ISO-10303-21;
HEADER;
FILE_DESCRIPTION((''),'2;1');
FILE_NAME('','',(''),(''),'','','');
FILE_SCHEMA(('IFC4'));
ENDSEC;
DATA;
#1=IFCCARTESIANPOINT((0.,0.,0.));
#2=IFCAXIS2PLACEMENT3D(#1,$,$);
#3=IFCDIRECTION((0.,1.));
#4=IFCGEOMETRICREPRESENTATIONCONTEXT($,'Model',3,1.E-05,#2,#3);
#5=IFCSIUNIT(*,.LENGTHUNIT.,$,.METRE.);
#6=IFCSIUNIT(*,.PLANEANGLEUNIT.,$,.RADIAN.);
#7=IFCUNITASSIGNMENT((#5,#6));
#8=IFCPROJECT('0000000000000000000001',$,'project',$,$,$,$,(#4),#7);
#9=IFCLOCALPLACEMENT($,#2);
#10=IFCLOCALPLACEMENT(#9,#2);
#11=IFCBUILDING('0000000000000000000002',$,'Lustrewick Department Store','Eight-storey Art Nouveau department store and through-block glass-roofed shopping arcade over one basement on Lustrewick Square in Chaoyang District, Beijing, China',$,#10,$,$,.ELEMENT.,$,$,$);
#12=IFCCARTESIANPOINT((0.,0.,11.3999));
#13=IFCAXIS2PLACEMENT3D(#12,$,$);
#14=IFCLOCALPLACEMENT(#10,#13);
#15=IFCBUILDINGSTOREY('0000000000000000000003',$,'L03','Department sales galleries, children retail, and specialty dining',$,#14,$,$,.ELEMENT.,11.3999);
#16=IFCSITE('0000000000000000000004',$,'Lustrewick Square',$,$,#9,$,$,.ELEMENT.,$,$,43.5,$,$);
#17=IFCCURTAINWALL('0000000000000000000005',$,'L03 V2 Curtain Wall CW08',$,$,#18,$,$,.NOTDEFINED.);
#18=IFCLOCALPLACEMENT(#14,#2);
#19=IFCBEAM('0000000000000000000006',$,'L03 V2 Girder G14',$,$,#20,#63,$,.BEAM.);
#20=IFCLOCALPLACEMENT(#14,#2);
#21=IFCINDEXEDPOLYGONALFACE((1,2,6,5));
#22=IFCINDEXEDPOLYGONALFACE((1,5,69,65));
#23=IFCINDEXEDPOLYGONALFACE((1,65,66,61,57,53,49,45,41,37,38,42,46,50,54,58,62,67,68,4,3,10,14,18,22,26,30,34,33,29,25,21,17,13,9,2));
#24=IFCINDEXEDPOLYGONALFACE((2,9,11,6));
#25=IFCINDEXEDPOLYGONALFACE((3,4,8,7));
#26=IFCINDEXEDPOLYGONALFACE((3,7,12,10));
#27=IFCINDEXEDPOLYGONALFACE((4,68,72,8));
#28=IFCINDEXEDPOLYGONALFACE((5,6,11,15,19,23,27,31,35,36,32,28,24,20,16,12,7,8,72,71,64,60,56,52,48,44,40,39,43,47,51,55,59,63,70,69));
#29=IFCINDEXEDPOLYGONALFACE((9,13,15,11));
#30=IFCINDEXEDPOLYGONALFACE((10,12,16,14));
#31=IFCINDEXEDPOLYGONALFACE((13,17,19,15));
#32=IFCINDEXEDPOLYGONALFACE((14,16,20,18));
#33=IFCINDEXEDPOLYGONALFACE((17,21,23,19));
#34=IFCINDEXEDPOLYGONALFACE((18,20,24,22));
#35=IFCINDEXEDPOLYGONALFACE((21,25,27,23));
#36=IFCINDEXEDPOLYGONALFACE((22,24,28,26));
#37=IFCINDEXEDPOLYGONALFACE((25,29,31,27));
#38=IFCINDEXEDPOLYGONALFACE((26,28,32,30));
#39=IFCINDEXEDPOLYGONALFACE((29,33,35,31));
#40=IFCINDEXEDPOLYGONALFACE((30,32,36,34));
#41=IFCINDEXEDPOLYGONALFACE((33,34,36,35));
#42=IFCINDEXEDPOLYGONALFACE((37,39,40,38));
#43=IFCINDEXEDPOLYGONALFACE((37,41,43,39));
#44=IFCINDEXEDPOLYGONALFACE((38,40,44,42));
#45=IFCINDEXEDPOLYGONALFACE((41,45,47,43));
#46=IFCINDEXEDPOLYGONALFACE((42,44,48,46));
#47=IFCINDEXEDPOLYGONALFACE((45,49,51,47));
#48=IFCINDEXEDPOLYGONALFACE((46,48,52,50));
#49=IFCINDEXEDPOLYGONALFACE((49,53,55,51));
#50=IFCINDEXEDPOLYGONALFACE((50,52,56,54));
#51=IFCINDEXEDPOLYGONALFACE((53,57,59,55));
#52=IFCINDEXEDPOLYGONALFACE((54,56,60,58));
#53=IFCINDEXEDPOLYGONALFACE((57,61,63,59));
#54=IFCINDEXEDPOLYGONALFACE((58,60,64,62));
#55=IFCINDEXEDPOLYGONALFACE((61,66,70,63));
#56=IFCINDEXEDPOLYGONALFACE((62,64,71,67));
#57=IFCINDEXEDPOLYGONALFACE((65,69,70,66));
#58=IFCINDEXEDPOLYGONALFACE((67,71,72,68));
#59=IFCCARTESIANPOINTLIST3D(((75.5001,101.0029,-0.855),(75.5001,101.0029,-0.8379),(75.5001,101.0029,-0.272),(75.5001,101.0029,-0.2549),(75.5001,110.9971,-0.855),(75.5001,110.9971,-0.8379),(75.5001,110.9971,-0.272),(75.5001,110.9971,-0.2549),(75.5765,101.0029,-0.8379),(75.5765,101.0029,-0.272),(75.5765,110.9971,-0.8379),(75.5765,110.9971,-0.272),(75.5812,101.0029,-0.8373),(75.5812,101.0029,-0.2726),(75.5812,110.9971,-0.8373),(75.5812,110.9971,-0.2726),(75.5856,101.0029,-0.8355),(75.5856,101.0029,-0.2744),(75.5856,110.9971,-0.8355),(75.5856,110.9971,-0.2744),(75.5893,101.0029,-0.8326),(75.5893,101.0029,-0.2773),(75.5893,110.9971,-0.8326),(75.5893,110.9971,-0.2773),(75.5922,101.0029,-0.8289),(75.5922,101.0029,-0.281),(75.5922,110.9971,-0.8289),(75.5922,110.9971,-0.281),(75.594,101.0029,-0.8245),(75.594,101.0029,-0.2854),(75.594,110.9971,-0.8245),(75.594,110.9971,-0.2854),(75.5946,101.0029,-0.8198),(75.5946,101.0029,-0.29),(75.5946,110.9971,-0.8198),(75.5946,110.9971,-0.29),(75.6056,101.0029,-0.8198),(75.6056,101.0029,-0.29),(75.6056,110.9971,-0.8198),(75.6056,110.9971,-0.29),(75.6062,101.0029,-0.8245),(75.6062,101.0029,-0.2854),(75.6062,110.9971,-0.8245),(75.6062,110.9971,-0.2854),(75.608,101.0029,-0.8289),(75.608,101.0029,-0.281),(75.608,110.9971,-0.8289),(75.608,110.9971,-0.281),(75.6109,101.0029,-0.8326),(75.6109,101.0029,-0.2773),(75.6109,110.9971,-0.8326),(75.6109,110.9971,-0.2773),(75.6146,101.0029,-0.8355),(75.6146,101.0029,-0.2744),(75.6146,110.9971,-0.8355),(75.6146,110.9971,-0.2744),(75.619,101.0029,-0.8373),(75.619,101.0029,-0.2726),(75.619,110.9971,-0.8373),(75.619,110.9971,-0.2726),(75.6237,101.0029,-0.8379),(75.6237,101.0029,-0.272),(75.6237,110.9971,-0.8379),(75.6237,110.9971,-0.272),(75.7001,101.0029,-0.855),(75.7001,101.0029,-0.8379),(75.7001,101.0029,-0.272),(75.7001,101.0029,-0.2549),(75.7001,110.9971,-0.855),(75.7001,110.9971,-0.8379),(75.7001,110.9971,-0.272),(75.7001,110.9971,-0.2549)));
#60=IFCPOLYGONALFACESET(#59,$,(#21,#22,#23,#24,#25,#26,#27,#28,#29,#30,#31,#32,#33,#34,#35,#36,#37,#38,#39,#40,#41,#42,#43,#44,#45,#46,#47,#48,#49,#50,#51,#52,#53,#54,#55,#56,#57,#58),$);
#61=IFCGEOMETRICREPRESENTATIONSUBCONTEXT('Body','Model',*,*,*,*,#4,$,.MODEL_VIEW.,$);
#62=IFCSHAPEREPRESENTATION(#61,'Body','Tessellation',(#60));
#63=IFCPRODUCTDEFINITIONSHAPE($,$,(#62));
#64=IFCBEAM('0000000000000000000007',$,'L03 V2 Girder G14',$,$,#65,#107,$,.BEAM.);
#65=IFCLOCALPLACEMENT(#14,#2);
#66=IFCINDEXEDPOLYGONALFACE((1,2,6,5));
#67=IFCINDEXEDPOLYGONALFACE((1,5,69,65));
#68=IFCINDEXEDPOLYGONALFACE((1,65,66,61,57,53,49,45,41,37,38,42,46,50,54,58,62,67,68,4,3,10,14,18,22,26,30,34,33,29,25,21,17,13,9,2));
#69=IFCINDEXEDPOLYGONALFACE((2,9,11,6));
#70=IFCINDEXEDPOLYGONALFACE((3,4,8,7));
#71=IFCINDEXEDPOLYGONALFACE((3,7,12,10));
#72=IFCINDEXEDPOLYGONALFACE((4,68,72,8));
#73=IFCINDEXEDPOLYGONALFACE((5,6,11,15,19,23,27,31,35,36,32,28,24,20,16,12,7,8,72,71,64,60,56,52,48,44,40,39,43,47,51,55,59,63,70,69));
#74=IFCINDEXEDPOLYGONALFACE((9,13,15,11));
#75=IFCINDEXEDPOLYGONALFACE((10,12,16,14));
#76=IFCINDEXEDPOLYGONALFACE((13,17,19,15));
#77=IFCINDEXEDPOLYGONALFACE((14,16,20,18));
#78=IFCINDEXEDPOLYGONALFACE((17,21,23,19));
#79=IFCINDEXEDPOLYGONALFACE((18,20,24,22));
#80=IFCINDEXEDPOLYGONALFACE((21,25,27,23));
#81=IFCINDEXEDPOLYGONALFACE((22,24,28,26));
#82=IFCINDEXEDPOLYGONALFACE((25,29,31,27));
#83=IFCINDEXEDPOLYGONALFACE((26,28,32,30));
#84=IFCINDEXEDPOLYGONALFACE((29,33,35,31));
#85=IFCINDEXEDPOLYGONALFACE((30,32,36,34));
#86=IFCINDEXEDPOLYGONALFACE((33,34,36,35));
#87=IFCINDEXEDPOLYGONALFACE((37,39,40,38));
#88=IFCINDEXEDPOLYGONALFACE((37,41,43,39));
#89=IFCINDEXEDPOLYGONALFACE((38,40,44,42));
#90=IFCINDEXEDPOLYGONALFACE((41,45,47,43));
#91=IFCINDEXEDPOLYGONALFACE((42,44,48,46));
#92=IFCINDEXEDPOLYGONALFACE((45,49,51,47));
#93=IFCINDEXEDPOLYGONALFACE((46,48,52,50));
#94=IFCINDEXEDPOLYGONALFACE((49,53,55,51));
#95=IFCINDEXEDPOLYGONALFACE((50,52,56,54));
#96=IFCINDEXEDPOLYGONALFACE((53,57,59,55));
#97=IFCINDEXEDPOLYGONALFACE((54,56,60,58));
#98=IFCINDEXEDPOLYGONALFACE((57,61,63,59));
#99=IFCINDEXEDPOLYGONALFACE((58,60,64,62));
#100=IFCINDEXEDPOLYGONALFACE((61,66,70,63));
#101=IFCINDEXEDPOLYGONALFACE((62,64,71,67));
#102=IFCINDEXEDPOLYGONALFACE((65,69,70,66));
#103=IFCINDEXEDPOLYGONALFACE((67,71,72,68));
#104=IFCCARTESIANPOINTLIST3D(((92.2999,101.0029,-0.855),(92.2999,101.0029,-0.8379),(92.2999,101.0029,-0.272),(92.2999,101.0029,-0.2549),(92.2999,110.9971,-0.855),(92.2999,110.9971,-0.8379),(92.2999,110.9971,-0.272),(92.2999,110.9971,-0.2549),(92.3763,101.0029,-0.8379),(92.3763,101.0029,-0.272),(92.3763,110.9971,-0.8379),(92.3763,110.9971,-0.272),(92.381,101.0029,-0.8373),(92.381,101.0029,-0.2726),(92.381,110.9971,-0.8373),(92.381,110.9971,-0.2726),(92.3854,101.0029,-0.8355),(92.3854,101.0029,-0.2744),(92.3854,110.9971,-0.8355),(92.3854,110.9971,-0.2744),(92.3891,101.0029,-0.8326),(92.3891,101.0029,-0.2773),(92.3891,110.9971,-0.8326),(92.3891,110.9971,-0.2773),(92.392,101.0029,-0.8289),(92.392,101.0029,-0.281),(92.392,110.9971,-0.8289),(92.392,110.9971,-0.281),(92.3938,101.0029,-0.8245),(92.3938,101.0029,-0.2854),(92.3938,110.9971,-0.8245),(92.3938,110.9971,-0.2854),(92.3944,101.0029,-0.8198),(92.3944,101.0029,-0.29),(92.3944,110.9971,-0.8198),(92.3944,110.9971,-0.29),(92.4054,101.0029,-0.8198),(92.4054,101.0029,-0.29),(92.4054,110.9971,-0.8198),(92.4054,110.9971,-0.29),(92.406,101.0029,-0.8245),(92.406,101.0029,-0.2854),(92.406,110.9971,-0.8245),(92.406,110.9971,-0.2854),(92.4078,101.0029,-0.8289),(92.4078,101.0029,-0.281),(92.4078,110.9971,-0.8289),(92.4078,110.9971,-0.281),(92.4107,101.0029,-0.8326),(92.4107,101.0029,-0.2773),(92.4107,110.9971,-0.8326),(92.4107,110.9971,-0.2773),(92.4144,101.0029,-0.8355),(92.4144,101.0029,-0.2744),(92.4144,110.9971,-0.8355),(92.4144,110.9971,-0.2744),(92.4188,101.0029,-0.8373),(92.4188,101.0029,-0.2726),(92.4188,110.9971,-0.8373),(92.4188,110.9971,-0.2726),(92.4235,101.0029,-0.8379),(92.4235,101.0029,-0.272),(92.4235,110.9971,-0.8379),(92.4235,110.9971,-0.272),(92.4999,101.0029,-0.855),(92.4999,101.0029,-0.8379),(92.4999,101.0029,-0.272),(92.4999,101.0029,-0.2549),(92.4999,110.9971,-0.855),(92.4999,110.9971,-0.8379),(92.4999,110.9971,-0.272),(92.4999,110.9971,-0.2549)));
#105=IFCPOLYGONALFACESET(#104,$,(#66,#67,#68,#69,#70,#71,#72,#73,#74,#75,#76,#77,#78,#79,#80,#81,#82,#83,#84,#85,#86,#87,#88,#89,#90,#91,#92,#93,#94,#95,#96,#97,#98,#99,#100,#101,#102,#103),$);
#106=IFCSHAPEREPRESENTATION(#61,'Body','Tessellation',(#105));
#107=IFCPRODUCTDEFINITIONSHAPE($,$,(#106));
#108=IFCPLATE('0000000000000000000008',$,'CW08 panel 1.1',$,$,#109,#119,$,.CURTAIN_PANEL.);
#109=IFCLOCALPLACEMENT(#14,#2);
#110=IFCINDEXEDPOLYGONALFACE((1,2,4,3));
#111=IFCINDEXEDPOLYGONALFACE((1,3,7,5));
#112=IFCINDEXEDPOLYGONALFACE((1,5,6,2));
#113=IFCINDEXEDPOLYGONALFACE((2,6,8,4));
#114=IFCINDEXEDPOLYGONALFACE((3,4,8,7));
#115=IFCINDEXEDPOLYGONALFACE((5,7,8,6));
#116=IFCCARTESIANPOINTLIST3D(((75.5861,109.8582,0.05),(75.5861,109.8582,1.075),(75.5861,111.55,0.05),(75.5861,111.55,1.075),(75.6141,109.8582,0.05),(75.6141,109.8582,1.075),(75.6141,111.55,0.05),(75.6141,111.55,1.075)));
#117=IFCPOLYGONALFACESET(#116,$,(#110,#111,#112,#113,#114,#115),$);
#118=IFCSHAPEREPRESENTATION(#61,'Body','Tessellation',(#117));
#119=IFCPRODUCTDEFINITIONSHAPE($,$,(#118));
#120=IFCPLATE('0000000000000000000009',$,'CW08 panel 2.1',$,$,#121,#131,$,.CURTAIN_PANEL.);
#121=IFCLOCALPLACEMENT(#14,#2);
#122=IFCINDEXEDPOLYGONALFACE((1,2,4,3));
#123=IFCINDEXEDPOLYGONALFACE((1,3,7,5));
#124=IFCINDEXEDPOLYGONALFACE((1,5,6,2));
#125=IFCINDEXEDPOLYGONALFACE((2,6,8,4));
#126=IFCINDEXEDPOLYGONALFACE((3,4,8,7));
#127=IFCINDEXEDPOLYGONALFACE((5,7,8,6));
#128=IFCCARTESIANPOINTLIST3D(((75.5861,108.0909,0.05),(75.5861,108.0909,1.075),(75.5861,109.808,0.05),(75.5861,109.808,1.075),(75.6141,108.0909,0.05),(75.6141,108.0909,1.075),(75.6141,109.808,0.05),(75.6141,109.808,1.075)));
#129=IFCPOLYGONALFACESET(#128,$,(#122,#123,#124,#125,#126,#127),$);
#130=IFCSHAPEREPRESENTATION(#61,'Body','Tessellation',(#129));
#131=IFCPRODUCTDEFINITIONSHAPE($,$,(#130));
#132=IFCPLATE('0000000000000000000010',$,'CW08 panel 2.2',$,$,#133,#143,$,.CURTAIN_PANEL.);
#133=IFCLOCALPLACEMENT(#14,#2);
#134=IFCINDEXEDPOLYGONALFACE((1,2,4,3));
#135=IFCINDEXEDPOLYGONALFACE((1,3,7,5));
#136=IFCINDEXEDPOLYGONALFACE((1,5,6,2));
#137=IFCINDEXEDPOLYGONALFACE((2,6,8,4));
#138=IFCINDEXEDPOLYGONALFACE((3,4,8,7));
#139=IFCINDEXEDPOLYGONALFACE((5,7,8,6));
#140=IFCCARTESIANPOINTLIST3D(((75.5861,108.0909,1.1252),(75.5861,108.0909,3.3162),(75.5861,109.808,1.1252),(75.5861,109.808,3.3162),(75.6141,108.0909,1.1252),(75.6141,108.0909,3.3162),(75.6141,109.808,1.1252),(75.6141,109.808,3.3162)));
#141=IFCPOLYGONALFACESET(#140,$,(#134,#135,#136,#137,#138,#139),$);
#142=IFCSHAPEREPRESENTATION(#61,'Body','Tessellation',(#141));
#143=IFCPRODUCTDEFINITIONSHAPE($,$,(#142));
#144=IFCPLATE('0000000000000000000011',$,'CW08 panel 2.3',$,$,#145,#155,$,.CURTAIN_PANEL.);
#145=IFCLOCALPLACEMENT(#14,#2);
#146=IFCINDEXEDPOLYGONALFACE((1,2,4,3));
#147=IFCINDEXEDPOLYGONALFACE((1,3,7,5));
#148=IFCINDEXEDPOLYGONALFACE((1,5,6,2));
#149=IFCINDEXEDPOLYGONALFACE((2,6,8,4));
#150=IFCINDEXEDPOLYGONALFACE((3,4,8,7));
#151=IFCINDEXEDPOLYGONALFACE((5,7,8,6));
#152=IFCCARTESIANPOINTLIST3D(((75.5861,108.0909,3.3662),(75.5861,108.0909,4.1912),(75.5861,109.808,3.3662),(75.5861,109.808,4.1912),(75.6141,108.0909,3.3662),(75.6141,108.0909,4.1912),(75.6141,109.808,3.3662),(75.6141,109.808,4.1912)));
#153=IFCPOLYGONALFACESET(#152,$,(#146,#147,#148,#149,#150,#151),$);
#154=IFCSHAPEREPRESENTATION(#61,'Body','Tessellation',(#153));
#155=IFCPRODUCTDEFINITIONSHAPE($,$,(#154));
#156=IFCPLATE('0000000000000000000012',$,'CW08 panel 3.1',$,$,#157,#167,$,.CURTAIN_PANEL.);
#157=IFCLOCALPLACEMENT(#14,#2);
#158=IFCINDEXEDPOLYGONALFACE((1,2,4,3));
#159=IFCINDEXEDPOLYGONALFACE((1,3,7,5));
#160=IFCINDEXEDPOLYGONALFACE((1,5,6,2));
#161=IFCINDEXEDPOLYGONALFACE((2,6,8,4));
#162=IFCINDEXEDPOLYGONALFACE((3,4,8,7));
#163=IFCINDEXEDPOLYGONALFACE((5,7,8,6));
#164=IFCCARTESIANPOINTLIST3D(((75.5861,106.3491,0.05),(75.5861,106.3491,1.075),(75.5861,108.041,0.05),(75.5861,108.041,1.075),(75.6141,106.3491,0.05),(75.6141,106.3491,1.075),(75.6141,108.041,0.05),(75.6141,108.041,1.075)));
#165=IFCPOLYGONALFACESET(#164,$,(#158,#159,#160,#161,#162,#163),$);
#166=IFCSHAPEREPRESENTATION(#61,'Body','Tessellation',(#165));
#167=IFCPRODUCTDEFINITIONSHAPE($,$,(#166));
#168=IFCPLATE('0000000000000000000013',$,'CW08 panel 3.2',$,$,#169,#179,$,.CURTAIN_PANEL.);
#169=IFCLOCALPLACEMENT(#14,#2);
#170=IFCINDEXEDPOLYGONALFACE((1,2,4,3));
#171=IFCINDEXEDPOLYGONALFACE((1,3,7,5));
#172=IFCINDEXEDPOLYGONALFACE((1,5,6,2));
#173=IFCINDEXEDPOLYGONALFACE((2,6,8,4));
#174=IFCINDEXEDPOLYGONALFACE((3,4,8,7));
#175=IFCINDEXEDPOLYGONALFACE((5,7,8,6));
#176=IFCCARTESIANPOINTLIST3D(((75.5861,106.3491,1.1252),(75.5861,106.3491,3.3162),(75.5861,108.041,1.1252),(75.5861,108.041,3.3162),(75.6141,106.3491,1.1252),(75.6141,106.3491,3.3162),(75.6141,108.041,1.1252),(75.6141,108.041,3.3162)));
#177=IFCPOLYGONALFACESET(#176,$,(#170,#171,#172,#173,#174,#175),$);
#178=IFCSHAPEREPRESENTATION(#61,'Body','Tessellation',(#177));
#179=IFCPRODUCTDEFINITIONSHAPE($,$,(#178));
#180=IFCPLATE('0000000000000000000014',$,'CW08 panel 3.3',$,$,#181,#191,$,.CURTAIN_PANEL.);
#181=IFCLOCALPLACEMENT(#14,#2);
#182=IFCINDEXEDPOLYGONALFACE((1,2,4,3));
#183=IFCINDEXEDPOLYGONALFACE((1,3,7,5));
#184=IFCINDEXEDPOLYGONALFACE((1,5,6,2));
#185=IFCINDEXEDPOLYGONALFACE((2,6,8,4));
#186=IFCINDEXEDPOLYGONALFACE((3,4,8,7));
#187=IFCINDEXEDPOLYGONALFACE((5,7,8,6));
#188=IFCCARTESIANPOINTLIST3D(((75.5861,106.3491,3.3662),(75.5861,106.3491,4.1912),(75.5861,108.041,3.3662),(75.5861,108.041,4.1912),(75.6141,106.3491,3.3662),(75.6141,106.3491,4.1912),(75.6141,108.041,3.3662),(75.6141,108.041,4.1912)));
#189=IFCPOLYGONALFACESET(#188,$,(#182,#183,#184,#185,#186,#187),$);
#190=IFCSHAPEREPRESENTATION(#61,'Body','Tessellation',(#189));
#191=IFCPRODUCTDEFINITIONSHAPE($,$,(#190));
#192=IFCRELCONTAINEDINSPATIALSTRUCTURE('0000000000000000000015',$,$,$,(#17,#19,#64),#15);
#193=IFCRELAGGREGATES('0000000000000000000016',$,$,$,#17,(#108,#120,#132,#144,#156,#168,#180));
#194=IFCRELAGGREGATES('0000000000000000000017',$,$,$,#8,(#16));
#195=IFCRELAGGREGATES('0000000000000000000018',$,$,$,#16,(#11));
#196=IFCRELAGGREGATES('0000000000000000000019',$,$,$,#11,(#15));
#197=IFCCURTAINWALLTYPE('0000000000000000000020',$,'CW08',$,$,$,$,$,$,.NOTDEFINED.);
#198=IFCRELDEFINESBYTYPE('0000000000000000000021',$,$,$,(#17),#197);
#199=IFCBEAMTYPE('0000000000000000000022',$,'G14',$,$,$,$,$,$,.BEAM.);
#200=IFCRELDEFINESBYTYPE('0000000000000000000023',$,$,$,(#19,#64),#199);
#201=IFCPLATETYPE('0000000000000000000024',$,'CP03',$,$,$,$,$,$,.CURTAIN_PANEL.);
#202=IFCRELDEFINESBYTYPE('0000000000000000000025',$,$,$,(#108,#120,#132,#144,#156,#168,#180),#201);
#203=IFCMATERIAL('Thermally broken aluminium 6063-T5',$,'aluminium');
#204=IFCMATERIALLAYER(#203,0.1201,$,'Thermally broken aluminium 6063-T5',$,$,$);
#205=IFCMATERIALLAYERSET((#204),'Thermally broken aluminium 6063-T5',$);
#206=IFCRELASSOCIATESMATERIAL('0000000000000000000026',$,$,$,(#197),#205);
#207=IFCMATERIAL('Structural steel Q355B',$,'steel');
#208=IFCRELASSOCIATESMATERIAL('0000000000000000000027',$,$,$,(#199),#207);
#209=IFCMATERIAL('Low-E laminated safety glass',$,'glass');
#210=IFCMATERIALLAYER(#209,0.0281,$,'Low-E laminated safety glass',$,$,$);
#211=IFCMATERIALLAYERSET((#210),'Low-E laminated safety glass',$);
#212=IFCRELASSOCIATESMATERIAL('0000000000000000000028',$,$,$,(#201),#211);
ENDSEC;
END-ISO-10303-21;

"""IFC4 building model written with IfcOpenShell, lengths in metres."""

from ifc_helpers import new_model, si_unit, direction, frame, origin, origin_2d, place, context, subcontext, project, spatial, rectangle, i_section, extrude, material, layer, layer_set, material_profile, profile_set, type_object, element, aggregate, save


model = new_model("IFC4")

# Units and contexts
model_context = context("Model", 3, precision=1e-05, world=origin(), true_north=direction((0.0, 1.0)))
body_context = subcontext(model_context, "Body", "Model", "MODEL_VIEW")
ifc_project = project(units=[si_unit("LENGTHUNIT", "METRE"), si_unit("PLANEANGLEUNIT", "RADIAN")], contexts=[model_context])

# Site, building, storey
site_placement = place(None, origin())
site = spatial("IfcSite", under=ifc_project, at=site_placement, Name="Lustrewick Square", CompositionType="ELEMENT", RefElevation=43.5)
building_placement = place(site_placement, origin())
building = spatial("IfcBuilding", under=site, at=building_placement, Name="Lustrewick Department Store", Description="Eight-storey Art Nouveau department store and through-block glass-roofed shopping arcade over one basement on Lustrewick Square in Chaoyang District, Beijing, China", CompositionType="ELEMENT")
storey_placement = place(building_placement, frame((0.0, 0.0, 11.3999)))
storey = spatial("IfcBuildingStorey", under=building, at=storey_placement, Name="L03", Description="Department sales galleries, children retail, and specialty dining", CompositionType="ELEMENT", Elevation=11.3999)

# Curtain wall
ifc_material_1 = material(Name="Thermally broken aluminium 6063-T5", Category="aluminium")
ifc_layer_1 = layer(ifc_material_1, 0.1201, Name="Thermally broken aluminium 6063-T5")
ifc_layer_set_1 = layer_set([ifc_layer_1], Name="Thermally broken aluminium 6063-T5")
curtain_wall_type = type_object("IfcCurtainWallType", Name="CW08", PredefinedType="NOTDEFINED", material=ifc_layer_set_1)
curtain_wall_placement = place(storey_placement, origin())
curtain_wall = element("IfcCurtainWall", 1, at=curtain_wall_placement, inside=storey, type_object=curtain_wall_type, Name="L03 V2 Curtain Wall CW08", PredefinedType="NOTDEFINED")

# Beams
ifc_material_2 = material(Name="Structural steel Q355B", Category="steel")
ifc_material_profile_1 = material_profile(ifc_material_2, i_section(OverallWidth=0.2, OverallDepth=0.6001, WebThickness=0.011, FlangeThickness=0.0171, FilletRadius=0.0181, at=origin_2d()), Name="HN 600x200x11x17")
ifc_profile_set_1 = profile_set([ifc_material_profile_1], Name="Structural steel Q355B")
beam_type_1 = type_object("IfcBeamType", Name="G14", PredefinedType="BEAM", material=ifc_profile_set_1)
for number, where, z_axis, x_axis, name in (
    (2, (75.6001, 101.0029, -0.5549), (0.0, 1.0, 0.0), (-1.0, 0.0, 0.0), "L03 V2 Girder G14"),
    (3, (92.3999, 101.0029, -0.5549), (0.0, 1.0, 0.0), (-1.0, 0.0, 0.0), "L03 V2 Girder G14"),
):
    element("IfcBeam", number, at=place(storey_placement, frame(where, z_axis=z_axis, x_axis=x_axis)), inside=storey, type_object=beam_type_1, Name=name, PredefinedType="BEAM", context=body_context, shape_type="SweptSolid", body=[
        extrude(i_section(OverallWidth=0.2, OverallDepth=0.6001, WebThickness=0.011, FlangeThickness=0.0171, FilletRadius=0.0181, at=origin_2d()), origin(), (0.0, 0.0, 1.0), 9.9941),
    ])

# Plates
ifc_material_3 = material(Name="Low-E laminated safety glass", Category="glass")
ifc_layer_2 = layer(ifc_material_3, 0.0281, Name="Low-E laminated safety glass")
ifc_layer_set_2 = layer_set([ifc_layer_2], Name="Low-E laminated safety glass")
plate_type_1 = type_object("IfcPlateType", Name="CP03", PredefinedType="CURTAIN_PANEL", material=ifc_layer_set_2)
plate_1_placement = place(storey_placement, frame((75.6001, 110.7041, 0.05), z_axis=(0.0, 0.0, 1.0), x_axis=(0.0, -1.0, 0.0)))
plate_1 = element("IfcPlate", 4, at=plate_1_placement, type_object=plate_type_1, Name="CW08 panel 1.1", PredefinedType="CURTAIN_PANEL", context=body_context, shape_type="SweptSolid", body=[
    extrude(rectangle(XDim=1.6919, YDim=0.0281, at=origin_2d()), origin(), (0.0, 0.0, 1.0), 1.0249),
])
plate_2_placement = place(storey_placement, frame((75.6001, 108.9495, 0.05), z_axis=(0.0, 0.0, 1.0), x_axis=(0.0, -1.0, 0.0)))
plate_2 = element("IfcPlate", 5, at=plate_2_placement, type_object=plate_type_1, Name="CW08 panel 2.1", PredefinedType="CURTAIN_PANEL", context=body_context, shape_type="SweptSolid", body=[
    extrude(rectangle(XDim=1.717, YDim=0.0281, at=origin_2d()), origin(), (0.0, 0.0, 1.0), 1.0249),
])
plate_3_placement = place(storey_placement, frame((75.6001, 108.9495, 1.1252), z_axis=(0.0, 0.0, 1.0), x_axis=(0.0, -1.0, 0.0)))
plate_3 = element("IfcPlate", 6, at=plate_3_placement, type_object=plate_type_1, Name="CW08 panel 2.2", PredefinedType="CURTAIN_PANEL", context=body_context, shape_type="SweptSolid", body=[
    extrude(rectangle(XDim=1.717, YDim=0.0281, at=origin_2d()), origin(), (0.0, 0.0, 1.0), 2.1909),
])
plate_4_placement = place(storey_placement, frame((75.6001, 108.9495, 3.3662), z_axis=(0.0, 0.0, 1.0), x_axis=(0.0, -1.0, 0.0)))
plate_4 = element("IfcPlate", 7, at=plate_4_placement, type_object=plate_type_1, Name="CW08 panel 2.3", PredefinedType="CURTAIN_PANEL", context=body_context, shape_type="SweptSolid", body=[
    extrude(rectangle(XDim=1.717, YDim=0.0281, at=origin_2d()), origin(), (0.0, 0.0, 1.0), 0.825),
])
plate_5_placement = place(storey_placement, frame((75.6001, 107.1951, 0.05), z_axis=(0.0, 0.0, 1.0), x_axis=(0.0, -1.0, 0.0)))
plate_5 = element("IfcPlate", 8, at=plate_5_placement, type_object=plate_type_1, Name="CW08 panel 3.1", PredefinedType="CURTAIN_PANEL", context=body_context, shape_type="SweptSolid", body=[
    extrude(rectangle(XDim=1.6919, YDim=0.0281, at=origin_2d()), origin(), (0.0, 0.0, 1.0), 1.0249),
])
plate_6_placement = place(storey_placement, frame((75.6001, 107.1951, 1.1252), z_axis=(0.0, 0.0, 1.0), x_axis=(0.0, -1.0, 0.0)))
plate_6 = element("IfcPlate", 9, at=plate_6_placement, type_object=plate_type_1, Name="CW08 panel 3.2", PredefinedType="CURTAIN_PANEL", context=body_context, shape_type="SweptSolid", body=[
    extrude(rectangle(XDim=1.6919, YDim=0.0281, at=origin_2d()), origin(), (0.0, 0.0, 1.0), 2.1909),
])
plate_7_placement = place(storey_placement, frame((75.6001, 107.1951, 3.3662), z_axis=(0.0, 0.0, 1.0), x_axis=(0.0, -1.0, 0.0)))
plate_7 = element("IfcPlate", 10, at=plate_7_placement, type_object=plate_type_1, Name="CW08 panel 3.3", PredefinedType="CURTAIN_PANEL", context=body_context, shape_type="SweptSolid", body=[
    extrude(rectangle(XDim=1.6919, YDim=0.0281, at=origin_2d()), origin(), (0.0, 0.0, 1.0), 0.825),
])
aggregate(curtain_wall, [plate_1, plate_2, plate_3, plate_4, plate_5, plate_6, plate_7])

save(model, "model.ifc")
